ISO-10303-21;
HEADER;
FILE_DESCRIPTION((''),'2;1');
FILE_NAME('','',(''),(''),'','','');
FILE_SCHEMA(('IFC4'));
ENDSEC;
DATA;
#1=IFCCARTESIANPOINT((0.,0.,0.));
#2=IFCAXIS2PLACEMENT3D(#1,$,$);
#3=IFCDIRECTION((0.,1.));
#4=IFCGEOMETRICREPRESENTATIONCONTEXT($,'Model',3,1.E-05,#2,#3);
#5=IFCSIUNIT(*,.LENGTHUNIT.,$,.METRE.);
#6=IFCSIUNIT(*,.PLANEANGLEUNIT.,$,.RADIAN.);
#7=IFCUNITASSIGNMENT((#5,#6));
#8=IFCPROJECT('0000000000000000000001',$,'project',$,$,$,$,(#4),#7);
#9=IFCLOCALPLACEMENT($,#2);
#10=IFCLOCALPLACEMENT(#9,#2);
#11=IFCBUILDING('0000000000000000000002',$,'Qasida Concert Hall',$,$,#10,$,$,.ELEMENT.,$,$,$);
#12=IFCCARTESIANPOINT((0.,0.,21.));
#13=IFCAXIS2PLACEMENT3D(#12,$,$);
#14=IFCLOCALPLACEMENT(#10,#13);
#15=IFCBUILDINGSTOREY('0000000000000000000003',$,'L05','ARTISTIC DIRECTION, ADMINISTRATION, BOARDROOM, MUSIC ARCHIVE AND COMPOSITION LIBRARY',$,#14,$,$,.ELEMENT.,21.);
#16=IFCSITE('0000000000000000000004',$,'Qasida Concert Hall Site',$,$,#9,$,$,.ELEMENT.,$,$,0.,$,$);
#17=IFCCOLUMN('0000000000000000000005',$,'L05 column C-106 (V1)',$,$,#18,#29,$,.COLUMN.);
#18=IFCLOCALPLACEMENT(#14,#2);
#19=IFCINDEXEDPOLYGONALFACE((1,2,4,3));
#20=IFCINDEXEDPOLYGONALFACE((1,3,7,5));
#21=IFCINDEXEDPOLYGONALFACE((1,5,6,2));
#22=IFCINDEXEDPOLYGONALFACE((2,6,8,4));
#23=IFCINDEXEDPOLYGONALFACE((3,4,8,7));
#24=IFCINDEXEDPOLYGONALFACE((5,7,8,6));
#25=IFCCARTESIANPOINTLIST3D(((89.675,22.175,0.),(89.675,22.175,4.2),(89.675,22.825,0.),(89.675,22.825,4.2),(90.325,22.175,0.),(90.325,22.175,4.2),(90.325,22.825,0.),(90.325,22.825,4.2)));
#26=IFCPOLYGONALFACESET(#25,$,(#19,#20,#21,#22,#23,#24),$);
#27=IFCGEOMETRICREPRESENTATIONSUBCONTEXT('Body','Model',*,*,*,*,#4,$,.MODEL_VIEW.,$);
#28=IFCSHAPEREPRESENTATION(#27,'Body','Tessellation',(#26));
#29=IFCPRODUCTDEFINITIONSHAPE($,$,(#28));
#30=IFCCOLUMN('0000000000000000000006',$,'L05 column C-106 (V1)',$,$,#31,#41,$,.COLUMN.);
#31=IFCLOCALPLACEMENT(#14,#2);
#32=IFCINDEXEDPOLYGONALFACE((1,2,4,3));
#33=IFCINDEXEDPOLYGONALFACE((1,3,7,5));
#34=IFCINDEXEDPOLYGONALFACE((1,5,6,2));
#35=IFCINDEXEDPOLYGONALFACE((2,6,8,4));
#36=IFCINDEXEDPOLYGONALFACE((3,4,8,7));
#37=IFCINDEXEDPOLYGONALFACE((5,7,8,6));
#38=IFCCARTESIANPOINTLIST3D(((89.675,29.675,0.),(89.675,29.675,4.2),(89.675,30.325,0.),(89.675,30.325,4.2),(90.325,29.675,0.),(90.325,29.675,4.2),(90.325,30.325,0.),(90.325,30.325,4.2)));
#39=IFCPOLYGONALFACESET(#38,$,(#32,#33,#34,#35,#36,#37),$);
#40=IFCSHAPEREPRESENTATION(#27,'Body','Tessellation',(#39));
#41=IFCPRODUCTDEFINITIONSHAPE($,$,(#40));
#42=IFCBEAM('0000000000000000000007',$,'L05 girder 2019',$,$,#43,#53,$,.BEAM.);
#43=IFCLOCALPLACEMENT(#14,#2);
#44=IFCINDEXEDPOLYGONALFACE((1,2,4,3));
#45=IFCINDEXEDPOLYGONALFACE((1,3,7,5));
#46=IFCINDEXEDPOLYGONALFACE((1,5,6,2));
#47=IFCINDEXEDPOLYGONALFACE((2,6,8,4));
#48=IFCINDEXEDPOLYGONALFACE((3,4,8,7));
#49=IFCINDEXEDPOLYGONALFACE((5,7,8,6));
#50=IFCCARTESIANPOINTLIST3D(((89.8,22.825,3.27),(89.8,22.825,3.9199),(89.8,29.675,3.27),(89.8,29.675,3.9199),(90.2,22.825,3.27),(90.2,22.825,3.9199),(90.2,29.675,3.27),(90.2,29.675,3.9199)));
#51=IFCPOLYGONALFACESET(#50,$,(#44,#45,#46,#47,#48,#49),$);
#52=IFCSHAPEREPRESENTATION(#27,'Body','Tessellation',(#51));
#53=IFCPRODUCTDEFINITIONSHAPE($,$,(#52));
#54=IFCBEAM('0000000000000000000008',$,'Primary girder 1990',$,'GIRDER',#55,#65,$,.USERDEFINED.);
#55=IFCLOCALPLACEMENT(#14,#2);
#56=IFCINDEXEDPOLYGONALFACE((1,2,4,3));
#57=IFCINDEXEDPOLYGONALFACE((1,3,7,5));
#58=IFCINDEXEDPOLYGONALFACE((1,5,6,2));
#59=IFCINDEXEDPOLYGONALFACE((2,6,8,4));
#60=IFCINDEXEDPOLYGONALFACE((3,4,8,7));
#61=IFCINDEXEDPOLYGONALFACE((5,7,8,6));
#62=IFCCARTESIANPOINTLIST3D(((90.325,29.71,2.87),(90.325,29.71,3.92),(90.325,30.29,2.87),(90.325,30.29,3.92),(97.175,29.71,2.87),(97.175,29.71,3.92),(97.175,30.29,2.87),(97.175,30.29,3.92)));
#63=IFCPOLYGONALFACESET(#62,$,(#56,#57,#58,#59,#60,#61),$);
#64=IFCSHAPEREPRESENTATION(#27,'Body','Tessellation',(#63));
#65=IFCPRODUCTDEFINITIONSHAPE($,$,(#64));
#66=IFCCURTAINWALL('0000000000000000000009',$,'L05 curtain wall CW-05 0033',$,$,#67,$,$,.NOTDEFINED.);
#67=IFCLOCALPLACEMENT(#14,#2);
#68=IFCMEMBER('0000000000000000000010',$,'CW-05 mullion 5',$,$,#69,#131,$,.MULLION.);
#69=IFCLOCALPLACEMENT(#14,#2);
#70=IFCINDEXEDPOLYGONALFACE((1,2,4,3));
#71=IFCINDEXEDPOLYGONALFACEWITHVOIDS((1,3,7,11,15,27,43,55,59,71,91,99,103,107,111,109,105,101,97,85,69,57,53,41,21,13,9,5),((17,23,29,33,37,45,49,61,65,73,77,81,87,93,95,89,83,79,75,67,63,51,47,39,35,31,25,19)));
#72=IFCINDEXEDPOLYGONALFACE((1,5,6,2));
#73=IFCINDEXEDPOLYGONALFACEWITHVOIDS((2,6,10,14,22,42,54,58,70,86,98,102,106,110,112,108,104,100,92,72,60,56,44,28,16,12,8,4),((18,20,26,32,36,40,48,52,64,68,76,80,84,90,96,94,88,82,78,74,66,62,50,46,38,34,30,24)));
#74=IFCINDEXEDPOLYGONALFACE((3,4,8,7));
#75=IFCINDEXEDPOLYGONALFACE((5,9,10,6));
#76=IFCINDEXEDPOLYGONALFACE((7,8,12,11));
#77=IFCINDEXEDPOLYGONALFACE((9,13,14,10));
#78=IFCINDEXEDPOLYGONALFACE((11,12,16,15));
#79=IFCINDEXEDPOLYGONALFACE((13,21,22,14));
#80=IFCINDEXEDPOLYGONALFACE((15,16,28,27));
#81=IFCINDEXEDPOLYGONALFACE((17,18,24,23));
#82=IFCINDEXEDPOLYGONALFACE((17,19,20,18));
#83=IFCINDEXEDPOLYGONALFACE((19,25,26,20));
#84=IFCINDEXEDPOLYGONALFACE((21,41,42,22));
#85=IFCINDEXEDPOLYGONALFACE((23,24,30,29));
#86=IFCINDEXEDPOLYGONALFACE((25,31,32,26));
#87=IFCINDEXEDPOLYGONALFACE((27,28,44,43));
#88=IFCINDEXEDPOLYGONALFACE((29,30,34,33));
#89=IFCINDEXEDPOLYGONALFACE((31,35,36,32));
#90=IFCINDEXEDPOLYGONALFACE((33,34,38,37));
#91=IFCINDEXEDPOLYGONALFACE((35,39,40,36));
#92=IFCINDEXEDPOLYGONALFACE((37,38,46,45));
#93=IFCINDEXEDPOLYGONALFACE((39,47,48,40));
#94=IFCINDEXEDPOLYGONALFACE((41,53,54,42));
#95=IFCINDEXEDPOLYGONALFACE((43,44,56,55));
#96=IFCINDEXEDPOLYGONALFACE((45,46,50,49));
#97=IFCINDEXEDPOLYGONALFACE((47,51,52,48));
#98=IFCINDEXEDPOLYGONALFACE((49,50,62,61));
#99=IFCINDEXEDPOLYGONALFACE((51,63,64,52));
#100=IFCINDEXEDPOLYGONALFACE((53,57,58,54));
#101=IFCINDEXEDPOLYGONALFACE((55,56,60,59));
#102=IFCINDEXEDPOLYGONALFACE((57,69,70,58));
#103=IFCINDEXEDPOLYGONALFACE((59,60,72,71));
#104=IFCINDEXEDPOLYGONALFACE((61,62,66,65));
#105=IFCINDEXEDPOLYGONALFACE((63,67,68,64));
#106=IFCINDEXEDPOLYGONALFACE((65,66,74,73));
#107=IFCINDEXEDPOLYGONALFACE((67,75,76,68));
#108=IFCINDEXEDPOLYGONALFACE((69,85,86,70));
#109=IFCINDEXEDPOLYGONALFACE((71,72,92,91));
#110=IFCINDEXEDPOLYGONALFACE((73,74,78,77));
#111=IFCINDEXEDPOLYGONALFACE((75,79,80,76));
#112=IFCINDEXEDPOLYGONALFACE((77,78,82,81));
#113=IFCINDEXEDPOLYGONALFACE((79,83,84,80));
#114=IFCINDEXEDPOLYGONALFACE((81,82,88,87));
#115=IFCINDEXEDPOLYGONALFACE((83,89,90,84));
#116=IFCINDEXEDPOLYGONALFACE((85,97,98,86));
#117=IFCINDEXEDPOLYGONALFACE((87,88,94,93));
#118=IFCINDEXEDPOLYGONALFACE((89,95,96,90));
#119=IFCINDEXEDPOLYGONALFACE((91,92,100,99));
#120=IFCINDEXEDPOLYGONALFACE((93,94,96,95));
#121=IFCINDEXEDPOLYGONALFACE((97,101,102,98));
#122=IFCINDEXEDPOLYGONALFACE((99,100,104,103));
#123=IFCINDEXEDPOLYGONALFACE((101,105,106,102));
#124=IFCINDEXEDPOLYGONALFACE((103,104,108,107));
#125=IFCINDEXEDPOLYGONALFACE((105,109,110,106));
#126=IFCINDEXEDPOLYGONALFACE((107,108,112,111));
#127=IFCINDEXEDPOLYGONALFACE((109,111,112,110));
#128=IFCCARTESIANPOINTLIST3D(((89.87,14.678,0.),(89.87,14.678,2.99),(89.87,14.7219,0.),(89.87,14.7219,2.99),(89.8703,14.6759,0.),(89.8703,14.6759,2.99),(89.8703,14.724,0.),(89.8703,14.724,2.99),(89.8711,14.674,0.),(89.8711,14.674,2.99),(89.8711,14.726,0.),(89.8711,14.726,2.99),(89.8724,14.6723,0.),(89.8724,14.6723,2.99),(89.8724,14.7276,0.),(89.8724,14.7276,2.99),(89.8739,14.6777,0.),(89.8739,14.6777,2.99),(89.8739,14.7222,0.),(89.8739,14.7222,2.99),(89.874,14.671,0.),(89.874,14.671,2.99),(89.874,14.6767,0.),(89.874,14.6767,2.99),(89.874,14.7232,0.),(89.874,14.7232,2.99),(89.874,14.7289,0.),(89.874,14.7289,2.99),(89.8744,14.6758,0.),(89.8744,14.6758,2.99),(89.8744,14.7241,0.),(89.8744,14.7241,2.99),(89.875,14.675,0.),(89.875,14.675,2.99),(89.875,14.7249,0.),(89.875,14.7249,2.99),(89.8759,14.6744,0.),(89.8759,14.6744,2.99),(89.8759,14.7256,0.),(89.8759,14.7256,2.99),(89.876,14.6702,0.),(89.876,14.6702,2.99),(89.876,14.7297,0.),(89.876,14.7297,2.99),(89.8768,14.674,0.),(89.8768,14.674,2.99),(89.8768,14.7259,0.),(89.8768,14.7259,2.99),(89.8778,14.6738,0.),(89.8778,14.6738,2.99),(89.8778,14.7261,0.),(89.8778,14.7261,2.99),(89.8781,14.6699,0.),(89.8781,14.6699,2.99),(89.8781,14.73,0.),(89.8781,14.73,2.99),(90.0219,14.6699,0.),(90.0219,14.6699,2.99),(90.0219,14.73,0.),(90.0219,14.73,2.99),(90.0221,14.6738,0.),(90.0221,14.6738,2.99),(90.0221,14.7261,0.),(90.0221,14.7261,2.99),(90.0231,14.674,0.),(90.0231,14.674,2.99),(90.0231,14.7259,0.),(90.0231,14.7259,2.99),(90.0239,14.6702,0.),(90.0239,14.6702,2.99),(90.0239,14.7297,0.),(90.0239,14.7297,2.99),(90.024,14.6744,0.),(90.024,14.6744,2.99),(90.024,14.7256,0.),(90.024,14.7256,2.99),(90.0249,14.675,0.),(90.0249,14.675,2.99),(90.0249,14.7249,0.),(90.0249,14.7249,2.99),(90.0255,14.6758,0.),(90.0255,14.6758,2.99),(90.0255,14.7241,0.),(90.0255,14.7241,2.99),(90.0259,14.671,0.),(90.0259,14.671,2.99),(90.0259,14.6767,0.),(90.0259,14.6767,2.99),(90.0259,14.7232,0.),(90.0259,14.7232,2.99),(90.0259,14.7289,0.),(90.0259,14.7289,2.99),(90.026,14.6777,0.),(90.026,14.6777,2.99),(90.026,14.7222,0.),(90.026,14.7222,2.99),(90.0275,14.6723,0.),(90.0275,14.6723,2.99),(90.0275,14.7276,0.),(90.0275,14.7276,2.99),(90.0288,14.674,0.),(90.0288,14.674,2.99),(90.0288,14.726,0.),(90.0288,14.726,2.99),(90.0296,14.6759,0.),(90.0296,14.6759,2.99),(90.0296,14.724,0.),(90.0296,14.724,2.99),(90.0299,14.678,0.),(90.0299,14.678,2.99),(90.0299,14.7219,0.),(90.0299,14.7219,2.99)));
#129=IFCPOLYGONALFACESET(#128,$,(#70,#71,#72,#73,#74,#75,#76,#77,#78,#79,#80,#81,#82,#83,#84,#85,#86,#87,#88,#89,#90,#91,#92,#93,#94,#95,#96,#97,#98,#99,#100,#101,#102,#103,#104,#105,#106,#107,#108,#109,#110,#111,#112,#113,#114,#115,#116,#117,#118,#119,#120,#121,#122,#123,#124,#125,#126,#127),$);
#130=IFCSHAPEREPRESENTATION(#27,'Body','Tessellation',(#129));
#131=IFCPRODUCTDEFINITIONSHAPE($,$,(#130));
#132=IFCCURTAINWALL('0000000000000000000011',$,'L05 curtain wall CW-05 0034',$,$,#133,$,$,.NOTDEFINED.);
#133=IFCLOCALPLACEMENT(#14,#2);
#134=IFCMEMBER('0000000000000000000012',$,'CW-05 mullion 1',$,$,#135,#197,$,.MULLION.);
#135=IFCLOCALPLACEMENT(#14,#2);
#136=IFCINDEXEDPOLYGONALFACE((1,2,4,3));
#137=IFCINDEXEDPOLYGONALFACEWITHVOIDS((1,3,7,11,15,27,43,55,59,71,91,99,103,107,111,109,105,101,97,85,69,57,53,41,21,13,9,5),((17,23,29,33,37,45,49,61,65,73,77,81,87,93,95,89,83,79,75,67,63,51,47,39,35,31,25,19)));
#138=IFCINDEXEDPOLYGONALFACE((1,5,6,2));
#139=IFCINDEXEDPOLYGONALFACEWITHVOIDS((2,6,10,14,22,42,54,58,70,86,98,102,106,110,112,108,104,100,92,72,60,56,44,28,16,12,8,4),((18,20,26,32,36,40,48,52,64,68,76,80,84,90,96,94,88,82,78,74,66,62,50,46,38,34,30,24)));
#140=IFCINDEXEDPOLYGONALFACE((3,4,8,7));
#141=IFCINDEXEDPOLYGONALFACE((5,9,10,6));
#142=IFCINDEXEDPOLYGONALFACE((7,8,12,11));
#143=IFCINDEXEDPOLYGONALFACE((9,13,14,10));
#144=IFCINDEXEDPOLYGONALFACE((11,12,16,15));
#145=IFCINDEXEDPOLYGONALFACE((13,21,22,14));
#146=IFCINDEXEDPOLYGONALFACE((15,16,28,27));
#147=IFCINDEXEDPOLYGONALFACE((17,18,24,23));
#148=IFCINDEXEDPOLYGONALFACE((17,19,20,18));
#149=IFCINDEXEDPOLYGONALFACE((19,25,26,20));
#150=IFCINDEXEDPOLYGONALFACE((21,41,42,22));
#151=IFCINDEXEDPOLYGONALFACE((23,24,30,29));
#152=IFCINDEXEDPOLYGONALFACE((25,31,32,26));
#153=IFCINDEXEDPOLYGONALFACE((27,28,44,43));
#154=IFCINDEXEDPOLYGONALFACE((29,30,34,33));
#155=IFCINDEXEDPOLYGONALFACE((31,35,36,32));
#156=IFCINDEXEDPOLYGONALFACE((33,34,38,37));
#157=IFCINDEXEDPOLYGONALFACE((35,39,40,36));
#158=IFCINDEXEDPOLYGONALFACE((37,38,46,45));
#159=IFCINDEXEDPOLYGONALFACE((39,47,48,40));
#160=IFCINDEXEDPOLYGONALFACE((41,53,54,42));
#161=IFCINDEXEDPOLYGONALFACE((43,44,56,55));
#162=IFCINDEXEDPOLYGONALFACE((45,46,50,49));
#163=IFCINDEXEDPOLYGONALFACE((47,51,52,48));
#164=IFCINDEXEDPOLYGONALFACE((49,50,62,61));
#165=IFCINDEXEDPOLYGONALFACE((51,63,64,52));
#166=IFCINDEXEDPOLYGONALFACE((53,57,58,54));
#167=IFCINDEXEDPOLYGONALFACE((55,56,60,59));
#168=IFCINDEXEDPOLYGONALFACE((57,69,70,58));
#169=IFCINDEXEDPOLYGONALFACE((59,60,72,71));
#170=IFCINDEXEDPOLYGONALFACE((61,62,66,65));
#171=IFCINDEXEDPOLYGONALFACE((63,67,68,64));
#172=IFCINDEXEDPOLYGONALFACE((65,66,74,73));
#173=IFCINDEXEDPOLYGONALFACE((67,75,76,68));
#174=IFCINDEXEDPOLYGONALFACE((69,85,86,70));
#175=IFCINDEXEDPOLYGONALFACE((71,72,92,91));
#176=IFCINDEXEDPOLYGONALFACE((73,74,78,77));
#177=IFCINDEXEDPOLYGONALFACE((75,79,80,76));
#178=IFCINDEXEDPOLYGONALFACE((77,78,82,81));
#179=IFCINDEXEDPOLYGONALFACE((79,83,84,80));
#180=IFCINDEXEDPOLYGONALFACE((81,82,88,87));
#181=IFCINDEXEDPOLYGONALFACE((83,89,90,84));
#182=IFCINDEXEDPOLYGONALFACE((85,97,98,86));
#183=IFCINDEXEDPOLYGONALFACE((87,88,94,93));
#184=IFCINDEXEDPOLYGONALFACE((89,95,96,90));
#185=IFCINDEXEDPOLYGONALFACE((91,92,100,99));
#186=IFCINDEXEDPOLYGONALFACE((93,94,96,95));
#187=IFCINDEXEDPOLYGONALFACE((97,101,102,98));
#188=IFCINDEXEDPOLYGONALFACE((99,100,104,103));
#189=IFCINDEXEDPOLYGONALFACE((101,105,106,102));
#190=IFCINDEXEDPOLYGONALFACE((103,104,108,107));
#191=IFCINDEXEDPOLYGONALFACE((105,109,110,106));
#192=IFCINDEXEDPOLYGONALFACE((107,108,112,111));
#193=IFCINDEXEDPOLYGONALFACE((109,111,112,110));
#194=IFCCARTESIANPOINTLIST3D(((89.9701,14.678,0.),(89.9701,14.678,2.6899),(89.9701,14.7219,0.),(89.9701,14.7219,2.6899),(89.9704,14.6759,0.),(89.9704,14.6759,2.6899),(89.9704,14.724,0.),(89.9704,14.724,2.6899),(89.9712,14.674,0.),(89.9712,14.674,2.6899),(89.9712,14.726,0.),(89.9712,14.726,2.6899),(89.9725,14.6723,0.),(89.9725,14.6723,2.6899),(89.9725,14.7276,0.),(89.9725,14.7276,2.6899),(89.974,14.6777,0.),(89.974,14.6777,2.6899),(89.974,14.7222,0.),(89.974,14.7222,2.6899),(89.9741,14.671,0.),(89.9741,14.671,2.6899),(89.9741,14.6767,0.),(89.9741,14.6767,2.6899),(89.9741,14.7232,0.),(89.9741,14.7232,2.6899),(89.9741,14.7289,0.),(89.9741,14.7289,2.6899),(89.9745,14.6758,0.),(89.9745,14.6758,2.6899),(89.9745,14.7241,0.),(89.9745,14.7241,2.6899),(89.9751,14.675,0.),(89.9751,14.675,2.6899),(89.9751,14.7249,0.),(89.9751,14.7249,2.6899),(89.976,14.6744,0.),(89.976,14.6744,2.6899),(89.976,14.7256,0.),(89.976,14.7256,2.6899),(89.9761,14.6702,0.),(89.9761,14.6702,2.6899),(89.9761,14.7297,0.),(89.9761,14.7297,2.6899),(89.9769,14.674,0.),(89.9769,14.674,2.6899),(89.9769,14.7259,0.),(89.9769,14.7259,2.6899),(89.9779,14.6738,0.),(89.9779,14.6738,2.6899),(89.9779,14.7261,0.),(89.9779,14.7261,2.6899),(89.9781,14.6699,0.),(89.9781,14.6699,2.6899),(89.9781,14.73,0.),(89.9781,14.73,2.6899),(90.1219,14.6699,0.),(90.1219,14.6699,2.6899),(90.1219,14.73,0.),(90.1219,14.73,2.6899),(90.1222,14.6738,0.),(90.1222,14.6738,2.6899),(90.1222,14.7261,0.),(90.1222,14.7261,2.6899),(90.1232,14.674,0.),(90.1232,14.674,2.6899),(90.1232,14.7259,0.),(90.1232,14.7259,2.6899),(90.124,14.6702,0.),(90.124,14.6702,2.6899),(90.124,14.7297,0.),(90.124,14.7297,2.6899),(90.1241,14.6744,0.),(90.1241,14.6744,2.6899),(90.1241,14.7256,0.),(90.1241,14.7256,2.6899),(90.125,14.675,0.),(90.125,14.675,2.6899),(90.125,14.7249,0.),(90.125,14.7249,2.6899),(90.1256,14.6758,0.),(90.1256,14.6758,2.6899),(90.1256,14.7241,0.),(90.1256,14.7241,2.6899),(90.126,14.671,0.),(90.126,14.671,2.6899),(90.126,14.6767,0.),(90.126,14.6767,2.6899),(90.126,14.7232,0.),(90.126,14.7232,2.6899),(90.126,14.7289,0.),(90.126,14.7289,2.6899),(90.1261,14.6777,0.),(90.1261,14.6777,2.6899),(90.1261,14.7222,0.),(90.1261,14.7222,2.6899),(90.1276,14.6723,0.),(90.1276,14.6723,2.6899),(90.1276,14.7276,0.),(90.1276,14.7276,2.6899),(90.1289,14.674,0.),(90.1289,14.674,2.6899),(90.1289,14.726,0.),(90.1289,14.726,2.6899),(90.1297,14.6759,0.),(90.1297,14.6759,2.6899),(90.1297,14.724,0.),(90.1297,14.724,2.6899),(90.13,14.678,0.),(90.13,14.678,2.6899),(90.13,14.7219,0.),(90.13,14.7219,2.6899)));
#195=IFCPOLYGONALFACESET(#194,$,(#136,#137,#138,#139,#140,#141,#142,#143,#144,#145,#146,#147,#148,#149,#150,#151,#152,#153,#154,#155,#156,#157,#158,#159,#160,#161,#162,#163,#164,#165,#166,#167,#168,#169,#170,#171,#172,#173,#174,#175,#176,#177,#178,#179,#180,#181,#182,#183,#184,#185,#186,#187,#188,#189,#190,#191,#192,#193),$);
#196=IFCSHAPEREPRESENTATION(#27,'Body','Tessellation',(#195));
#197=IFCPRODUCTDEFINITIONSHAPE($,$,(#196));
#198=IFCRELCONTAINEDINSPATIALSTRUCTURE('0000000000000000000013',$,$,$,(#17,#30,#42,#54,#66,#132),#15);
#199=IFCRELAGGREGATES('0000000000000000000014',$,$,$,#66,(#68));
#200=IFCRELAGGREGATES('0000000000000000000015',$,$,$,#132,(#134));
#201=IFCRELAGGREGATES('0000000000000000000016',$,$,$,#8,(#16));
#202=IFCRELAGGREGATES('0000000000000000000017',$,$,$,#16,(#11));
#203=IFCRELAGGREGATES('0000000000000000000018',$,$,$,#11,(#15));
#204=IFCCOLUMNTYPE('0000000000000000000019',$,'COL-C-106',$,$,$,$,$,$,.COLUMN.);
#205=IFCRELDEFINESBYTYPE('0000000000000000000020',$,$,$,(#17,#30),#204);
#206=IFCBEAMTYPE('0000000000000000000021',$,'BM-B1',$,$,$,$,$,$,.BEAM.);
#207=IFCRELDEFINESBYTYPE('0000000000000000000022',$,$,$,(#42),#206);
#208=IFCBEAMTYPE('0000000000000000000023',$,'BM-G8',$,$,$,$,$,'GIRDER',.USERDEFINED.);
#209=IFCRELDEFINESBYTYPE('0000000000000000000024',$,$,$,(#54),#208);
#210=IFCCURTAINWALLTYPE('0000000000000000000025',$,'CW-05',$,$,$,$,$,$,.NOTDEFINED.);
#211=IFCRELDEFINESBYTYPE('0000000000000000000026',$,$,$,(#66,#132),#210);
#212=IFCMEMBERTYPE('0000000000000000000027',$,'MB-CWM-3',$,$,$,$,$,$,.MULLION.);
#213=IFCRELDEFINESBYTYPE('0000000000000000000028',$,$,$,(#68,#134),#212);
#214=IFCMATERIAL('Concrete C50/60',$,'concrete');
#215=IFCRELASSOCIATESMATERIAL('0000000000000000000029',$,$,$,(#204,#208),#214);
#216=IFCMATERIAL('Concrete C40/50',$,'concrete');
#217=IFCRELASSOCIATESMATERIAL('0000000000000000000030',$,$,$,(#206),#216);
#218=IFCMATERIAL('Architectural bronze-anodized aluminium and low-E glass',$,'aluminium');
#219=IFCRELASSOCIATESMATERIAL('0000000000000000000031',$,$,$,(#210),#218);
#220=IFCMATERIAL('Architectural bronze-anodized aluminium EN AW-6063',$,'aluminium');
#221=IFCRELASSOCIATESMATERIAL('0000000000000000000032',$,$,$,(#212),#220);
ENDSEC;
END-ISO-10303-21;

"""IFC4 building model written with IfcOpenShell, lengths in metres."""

from ifc_helpers import new_model, si_unit, direction, frame, origin, origin_2d, place, context, subcontext, project, spatial, rectangle, hollow_rectangle, extrude, material, material_profile, profile_set, type_object, element, aggregate, save


model = new_model("IFC4")

# Units and contexts
model_context = context("Model", 3, precision=1e-05, world=origin(), true_north=direction((0.0, 1.0)))
body_context = subcontext(model_context, "Body", "Model", "MODEL_VIEW")
ifc_project = project(units=[si_unit("LENGTHUNIT", "METRE"), si_unit("PLANEANGLEUNIT", "RADIAN")], contexts=[model_context])

# Site, building, storey
site_placement = place(None, origin())
site = spatial("IfcSite", under=ifc_project, at=site_placement, Name="Qasida Concert Hall Site", CompositionType="ELEMENT", RefElevation=0.0)
building_placement = place(site_placement, origin())
building = spatial("IfcBuilding", under=site, at=building_placement, Name="Qasida Concert Hall", CompositionType="ELEMENT")
storey_placement = place(building_placement, frame((0.0, 0.0, 21.0)))
storey = spatial("IfcBuildingStorey", under=building, at=storey_placement, Name="L05", Description="ARTISTIC DIRECTION, ADMINISTRATION, BOARDROOM, MUSIC ARCHIVE AND COMPOSITION LIBRARY", CompositionType="ELEMENT", Elevation=21.0)

# Columns
ifc_material_1 = material(Name="Concrete C50/60", Category="concrete")
ifc_material_profile_1 = material_profile(ifc_material_1, rectangle(XDim=0.6499, YDim=0.6499, at=origin_2d()), Name="RC 650x650")
ifc_profile_set_1 = profile_set([ifc_material_profile_1], Name="Concrete C50/60")
column_type = type_object("IfcColumnType", Name="COL-C-106", PredefinedType="COLUMN", material=ifc_profile_set_1)
for number, where, z_axis, x_axis, name in (
    (1, (90.0, 22.5, 0.0), (0.0, 0.0, 1.0), (1.0, 0.0, 0.0), "L05 column C-106 (V1)"),
    (2, (90.0, 30.0, 0.0), (0.0, 0.0, 1.0), (1.0, 0.0, 0.0), "L05 column C-106 (V1)"),
):
    element("IfcColumn", number, at=place(storey_placement, frame(where, z_axis=z_axis, x_axis=x_axis)), inside=storey, type_object=column_type, Name=name, PredefinedType="COLUMN", context=body_context, shape_type="SweptSolid", body=[
        extrude(rectangle(XDim=0.6499, YDim=0.6499, at=origin_2d()), origin(), (0.0, 0.0, 1.0), 4.2),
    ])

# Beams
ifc_material_2 = material(Name="Concrete C40/50", Category="concrete")
ifc_material_profile_2 = material_profile(ifc_material_2, rectangle(XDim=0.3999, YDim=0.6499, at=origin_2d()), Name="RC 400x650")
ifc_profile_set_2 = profile_set([ifc_material_profile_2], Name="Concrete C40/50")
beam_type_1 = type_object("IfcBeamType", Name="BM-B1", PredefinedType="BEAM", material=ifc_profile_set_2)
beam_1_placement = place(storey_placement, frame((90.0, 22.825, 3.595), z_axis=(0.0, 1.0, 0.0), x_axis=(-1.0, 0.0, 0.0)))
element("IfcBeam", 3, at=beam_1_placement, inside=storey, type_object=beam_type_1, Name="L05 girder 2019", PredefinedType="BEAM", context=body_context, shape_type="SweptSolid", body=[
    extrude(rectangle(XDim=0.3999, YDim=0.6499, at=origin_2d()), origin(), (0.0, 0.0, 1.0), 6.8501),
])
ifc_material_profile_3 = material_profile(ifc_material_1, rectangle(XDim=0.5801, YDim=1.05, at=origin_2d()), Name="RC 580x1050")
ifc_profile_set_3 = profile_set([ifc_material_profile_3], Name="Concrete C50/60")
beam_type_2 = type_object("IfcBeamType", Name="BM-G8", ElementType="GIRDER", PredefinedType="USERDEFINED", material=ifc_profile_set_3)
beam_2_placement = place(storey_placement, frame((90.325, 30.0, 3.395), z_axis=(1.0, 0.0, 0.0), x_axis=(0.0, 1.0, 0.0)))
element("IfcBeam", 4, at=beam_2_placement, inside=storey, type_object=beam_type_2, Name="Primary girder 1990", ObjectType="GIRDER", PredefinedType="USERDEFINED", context=body_context, shape_type="SweptSolid", body=[
    extrude(rectangle(XDim=0.5801, YDim=1.05, at=origin_2d()), origin(), (0.0, 0.0, 1.0), 6.8501),
])

# Curtain wall, member
ifc_material_3 = material(Name="Architectural bronze-anodized aluminium and low-E glass", Category="aluminium")
curtain_wall_type = type_object("IfcCurtainWallType", Name="CW-05", PredefinedType="NOTDEFINED", material=ifc_material_3)
curtain_wall_1_placement = place(storey_placement, origin())
curtain_wall_1 = element("IfcCurtainWall", 5, at=curtain_wall_1_placement, inside=storey, type_object=curtain_wall_type, Name="L05 curtain wall CW-05 0033", PredefinedType="NOTDEFINED")
ifc_material_4 = material(Name="Architectural bronze-anodized aluminium EN AW-6063", Category="aluminium")
ifc_material_profile_4 = material_profile(ifc_material_4, hollow_rectangle(XDim=0.0601, YDim=0.1599, WallThickness=0.0039, InnerFilletRadius=0.0039, OuterFilletRadius=0.0081, at=origin_2d()), Name="CWM 160x60x4")
ifc_profile_set_4 = profile_set([ifc_material_profile_4], Name="Architectural bronze-anodized aluminium EN AW-6063")
member_type_1 = type_object("IfcMemberType", Name="MB-CWM-3", PredefinedType="MULLION", material=ifc_profile_set_4)
member_1_placement = place(storey_placement, frame((89.95, 14.7, 0.0), z_axis=(0.0, 0.0, 1.0), x_axis=(0.0, 1.0, 0.0)))
member_1 = element("IfcMember", 6, at=member_1_placement, type_object=member_type_1, Name="CW-05 mullion 5", PredefinedType="MULLION", context=body_context, shape_type="SweptSolid", body=[
    extrude(hollow_rectangle(XDim=0.0601, YDim=0.1599, WallThickness=0.0039, InnerFilletRadius=0.0039, OuterFilletRadius=0.0081, at=origin_2d()), origin(), (0.0, 0.0, 1.0), 2.99),
])

# Curtain wall, member
curtain_wall_2_placement = place(storey_placement, origin())
curtain_wall_2 = element("IfcCurtainWall", 7, at=curtain_wall_2_placement, inside=storey, type_object=curtain_wall_type, Name="L05 curtain wall CW-05 0034", PredefinedType="NOTDEFINED")
member_2_placement = place(storey_placement, frame((90.05, 14.7, 0.0), z_axis=(0.0, 0.0, 1.0), x_axis=(0.0, 1.0, 0.0)))
member_2 = element("IfcMember", 8, at=member_2_placement, type_object=member_type_1, Name="CW-05 mullion 1", PredefinedType="MULLION", context=body_context, shape_type="SweptSolid", body=[
    extrude(hollow_rectangle(XDim=0.0601, YDim=0.1599, WallThickness=0.0039, InnerFilletRadius=0.0039, OuterFilletRadius=0.0081, at=origin_2d()), origin(), (0.0, 0.0, 1.0), 2.6899),
])

aggregate(curtain_wall_1, [member_1])
aggregate(curtain_wall_2, [member_2])

save(model, "model.ifc")
